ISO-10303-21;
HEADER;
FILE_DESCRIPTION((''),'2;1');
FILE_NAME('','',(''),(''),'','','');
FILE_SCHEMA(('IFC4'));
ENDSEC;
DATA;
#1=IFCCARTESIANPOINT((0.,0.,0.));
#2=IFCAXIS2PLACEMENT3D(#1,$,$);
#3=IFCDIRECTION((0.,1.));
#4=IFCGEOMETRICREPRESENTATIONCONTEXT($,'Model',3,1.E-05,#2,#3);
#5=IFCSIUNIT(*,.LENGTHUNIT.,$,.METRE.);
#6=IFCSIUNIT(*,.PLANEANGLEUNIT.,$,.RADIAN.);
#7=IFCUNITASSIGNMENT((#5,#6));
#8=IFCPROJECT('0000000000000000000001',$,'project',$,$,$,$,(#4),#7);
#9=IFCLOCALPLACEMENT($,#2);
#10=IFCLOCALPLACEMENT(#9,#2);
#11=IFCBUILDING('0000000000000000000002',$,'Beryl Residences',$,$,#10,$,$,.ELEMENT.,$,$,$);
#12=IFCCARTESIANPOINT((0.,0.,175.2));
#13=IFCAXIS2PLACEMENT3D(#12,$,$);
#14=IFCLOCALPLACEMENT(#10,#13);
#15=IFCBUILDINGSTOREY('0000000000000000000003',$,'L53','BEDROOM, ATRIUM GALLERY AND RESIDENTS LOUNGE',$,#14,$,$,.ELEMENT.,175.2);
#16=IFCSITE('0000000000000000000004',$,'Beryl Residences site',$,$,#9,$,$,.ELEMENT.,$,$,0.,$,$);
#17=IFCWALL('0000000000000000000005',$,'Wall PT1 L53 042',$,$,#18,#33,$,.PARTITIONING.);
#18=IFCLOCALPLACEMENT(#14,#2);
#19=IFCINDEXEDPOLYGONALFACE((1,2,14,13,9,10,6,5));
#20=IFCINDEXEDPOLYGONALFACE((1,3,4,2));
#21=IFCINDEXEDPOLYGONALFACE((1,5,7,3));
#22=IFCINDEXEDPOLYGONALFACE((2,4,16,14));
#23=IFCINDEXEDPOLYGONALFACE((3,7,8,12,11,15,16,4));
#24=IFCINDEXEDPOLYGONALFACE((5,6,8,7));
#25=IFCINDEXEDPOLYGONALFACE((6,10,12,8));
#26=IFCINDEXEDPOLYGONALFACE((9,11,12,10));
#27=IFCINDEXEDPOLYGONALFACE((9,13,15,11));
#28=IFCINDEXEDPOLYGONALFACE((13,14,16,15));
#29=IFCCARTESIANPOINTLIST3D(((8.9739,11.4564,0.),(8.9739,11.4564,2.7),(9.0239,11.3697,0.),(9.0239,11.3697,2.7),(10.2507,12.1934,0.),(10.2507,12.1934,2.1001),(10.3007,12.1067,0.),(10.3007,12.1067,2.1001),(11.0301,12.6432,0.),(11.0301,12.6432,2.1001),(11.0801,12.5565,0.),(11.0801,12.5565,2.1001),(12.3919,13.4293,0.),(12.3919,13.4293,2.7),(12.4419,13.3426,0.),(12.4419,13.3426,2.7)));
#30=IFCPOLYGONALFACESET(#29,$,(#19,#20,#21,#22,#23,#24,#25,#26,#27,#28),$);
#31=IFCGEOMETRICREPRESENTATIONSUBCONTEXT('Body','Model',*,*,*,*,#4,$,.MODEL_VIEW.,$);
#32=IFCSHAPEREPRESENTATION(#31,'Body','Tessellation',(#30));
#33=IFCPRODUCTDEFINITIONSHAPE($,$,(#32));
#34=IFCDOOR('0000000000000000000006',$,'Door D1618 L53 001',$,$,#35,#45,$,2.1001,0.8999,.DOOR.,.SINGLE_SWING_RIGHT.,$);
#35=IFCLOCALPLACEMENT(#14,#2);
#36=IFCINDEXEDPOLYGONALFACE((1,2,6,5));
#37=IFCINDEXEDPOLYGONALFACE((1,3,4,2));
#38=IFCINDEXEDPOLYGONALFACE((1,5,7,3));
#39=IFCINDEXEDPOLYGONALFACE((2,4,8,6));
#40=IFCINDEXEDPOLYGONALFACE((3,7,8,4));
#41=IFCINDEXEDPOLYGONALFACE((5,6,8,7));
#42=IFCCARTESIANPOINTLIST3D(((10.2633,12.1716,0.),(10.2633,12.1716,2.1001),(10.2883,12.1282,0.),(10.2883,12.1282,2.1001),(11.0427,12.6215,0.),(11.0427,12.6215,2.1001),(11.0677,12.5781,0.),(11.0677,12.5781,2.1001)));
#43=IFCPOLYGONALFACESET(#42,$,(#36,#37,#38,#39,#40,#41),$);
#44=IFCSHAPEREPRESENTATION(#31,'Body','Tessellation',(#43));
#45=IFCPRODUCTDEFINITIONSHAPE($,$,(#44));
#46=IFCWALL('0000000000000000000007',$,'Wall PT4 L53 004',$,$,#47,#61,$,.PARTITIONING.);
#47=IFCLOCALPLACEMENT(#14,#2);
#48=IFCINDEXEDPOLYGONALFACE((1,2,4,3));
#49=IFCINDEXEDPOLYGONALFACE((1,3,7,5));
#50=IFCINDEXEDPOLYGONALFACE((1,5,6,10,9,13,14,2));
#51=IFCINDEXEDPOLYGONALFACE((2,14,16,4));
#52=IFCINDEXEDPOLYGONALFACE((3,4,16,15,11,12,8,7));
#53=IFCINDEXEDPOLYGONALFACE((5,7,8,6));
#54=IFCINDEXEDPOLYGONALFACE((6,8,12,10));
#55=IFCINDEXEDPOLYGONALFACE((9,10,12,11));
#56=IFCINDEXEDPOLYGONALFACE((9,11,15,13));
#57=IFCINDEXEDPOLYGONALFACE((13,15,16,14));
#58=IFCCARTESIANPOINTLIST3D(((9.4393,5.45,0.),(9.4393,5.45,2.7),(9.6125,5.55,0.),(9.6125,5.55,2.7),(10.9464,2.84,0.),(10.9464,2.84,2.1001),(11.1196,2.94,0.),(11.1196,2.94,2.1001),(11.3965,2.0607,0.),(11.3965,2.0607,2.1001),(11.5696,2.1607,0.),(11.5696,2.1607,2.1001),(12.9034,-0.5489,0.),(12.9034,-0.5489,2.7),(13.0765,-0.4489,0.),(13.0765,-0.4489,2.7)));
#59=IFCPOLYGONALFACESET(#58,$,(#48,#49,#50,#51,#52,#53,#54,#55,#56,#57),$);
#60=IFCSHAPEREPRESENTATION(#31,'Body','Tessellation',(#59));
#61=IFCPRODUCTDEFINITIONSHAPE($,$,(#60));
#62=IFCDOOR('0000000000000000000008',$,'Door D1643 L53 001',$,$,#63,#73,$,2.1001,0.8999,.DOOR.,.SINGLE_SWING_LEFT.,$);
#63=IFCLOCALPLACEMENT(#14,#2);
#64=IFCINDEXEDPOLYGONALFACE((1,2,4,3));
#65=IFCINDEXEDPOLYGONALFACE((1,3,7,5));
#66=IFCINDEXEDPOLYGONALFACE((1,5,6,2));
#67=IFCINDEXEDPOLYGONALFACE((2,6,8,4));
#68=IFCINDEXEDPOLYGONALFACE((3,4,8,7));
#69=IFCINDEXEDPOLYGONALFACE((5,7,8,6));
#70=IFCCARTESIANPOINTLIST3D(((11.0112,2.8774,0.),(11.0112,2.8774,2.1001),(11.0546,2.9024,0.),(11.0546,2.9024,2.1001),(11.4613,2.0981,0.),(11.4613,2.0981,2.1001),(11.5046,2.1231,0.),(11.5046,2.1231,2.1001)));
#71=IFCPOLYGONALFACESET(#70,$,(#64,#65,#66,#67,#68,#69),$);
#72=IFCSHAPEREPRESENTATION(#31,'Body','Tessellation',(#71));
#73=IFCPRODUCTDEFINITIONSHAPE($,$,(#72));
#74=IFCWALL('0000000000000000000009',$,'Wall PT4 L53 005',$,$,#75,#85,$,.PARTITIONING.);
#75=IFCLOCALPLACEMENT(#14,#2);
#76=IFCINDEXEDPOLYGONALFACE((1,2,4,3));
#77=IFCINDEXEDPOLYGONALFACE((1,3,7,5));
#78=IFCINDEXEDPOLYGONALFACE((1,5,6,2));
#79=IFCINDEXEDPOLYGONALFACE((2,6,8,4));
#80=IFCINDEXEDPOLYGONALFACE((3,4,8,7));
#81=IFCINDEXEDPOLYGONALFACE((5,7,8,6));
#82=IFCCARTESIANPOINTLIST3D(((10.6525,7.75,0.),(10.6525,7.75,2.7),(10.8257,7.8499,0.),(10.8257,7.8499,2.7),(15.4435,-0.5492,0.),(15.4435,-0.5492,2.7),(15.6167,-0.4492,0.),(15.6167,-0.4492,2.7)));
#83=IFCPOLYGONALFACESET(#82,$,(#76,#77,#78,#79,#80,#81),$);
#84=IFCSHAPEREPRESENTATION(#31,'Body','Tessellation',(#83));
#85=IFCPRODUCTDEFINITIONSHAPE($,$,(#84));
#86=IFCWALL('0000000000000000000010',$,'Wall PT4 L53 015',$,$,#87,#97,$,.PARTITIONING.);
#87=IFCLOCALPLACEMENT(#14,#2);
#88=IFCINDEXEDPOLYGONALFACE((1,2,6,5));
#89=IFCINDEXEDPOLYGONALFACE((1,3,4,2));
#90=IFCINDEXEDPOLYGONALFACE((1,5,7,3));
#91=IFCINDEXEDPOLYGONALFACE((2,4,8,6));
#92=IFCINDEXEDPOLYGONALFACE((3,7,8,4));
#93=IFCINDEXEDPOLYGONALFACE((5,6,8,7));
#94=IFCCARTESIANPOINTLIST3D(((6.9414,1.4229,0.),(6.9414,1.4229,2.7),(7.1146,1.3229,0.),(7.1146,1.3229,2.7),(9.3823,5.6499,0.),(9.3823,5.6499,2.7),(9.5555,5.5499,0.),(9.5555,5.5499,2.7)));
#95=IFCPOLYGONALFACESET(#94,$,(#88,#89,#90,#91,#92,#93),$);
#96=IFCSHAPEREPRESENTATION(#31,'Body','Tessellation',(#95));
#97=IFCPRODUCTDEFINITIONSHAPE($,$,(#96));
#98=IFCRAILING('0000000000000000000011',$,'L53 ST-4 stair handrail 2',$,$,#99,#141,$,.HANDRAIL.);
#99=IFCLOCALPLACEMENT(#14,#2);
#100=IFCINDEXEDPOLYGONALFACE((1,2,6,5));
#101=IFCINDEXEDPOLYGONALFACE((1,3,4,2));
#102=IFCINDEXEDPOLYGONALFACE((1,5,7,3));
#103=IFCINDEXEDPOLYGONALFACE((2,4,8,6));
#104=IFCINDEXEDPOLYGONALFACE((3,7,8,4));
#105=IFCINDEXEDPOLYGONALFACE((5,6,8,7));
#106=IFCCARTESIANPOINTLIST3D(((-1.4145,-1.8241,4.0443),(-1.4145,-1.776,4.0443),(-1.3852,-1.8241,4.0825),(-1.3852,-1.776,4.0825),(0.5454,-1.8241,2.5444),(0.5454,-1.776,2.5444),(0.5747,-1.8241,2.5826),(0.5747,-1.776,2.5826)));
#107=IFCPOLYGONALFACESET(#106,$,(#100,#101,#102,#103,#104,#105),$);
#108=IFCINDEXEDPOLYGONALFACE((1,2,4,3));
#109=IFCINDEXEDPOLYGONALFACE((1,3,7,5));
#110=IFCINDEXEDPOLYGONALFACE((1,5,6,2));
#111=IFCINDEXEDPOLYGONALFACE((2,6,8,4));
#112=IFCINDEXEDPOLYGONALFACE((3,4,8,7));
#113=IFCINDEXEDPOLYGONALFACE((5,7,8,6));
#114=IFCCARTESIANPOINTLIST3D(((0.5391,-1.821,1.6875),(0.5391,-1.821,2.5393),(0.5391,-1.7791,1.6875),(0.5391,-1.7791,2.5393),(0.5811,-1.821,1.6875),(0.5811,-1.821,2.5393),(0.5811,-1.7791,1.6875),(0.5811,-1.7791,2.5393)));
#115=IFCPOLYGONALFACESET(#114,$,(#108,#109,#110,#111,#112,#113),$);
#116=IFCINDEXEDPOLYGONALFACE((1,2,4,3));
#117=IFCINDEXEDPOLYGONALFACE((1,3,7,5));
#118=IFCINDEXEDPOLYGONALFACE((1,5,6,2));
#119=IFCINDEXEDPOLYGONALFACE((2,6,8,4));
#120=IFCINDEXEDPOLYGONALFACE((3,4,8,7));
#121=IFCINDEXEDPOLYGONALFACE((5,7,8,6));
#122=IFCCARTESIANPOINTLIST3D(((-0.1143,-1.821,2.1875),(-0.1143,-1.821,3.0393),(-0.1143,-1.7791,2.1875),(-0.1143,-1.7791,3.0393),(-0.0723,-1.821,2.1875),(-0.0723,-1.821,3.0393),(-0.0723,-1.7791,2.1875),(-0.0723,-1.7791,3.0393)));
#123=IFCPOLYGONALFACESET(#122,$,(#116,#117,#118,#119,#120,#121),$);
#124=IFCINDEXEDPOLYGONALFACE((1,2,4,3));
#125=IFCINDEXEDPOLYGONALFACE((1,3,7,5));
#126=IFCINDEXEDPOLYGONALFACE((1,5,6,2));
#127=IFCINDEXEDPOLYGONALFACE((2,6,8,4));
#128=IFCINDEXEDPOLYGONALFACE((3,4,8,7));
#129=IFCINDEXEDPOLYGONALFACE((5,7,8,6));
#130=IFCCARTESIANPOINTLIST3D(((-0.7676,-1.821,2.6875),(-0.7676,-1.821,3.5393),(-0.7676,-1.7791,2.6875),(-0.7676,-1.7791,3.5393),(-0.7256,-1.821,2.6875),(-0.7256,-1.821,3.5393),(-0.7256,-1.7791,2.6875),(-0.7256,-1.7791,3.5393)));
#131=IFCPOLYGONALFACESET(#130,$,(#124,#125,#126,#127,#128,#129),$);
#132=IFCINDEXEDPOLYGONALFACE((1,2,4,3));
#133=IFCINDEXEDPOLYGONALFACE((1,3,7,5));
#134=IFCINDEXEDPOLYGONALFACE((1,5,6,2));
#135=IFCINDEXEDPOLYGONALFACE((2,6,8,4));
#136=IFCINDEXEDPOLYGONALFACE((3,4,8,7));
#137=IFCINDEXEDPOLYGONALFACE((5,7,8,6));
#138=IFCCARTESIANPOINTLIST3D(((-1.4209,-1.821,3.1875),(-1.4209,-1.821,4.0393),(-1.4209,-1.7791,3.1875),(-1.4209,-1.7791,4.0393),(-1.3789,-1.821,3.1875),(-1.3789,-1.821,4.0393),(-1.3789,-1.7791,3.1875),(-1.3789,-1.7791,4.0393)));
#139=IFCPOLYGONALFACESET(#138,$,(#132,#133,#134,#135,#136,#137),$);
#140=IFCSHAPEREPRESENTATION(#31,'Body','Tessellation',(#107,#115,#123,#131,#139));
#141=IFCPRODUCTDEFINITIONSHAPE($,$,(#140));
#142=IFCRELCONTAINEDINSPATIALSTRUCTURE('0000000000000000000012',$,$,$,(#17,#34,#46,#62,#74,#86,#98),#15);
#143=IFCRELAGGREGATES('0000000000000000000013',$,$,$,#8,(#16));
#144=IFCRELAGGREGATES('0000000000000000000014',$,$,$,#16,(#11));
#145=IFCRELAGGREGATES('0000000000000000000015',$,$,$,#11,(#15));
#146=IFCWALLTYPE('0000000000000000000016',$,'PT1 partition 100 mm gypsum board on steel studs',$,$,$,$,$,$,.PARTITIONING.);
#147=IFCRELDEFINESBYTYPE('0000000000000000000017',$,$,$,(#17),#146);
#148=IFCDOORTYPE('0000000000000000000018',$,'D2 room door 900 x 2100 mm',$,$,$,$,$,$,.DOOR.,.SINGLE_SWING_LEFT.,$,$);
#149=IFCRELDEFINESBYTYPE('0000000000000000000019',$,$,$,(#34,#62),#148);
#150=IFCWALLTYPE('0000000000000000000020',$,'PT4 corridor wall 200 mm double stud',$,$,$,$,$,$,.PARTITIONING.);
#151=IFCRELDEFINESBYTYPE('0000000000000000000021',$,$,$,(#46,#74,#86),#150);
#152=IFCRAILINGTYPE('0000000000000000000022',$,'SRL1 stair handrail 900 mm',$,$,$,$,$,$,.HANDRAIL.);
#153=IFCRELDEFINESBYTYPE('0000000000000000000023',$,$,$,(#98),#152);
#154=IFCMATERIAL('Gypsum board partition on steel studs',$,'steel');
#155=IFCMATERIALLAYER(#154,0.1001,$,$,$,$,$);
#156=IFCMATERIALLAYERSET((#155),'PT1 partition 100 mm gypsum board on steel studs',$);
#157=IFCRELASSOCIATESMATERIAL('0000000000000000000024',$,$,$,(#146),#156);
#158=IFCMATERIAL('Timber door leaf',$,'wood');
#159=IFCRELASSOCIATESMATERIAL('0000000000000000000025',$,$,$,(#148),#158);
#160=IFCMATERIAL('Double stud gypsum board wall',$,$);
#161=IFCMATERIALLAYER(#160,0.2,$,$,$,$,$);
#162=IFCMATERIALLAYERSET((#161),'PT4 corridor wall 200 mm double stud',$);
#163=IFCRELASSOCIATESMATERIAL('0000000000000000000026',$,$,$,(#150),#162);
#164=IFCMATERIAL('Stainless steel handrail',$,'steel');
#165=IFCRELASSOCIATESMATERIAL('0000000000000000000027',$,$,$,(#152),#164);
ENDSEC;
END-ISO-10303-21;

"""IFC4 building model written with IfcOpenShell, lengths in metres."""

from ifc_helpers import new_model, si_unit, direction, frame, frame_2d, origin, origin_2d, place, context, subcontext, project, spatial, rectangle, extrude, material, layer, layer_set, type_object, element, fill, save


model = new_model("IFC4")

# Units and contexts
model_context = context("Model", 3, precision=1e-05, world=origin(), true_north=direction((0.0, 1.0)))
body_context = subcontext(model_context, "Body", "Model", "MODEL_VIEW")
ifc_project = project(units=[si_unit("LENGTHUNIT", "METRE"), si_unit("PLANEANGLEUNIT", "RADIAN")], contexts=[model_context])

# Site, building, storey
site_placement = place(None, origin())
site = spatial("IfcSite", under=ifc_project, at=site_placement, Name="Beryl Residences site", CompositionType="ELEMENT", RefElevation=0.0)
building_placement = place(site_placement, origin())
building = spatial("IfcBuilding", under=site, at=building_placement, Name="Beryl Residences", CompositionType="ELEMENT")
storey_placement = place(building_placement, frame((0.0, 0.0, 175.2)))
storey = spatial("IfcBuildingStorey", under=building, at=storey_placement, Name="L53", Description="BEDROOM, ATRIUM GALLERY AND RESIDENTS LOUNGE", CompositionType="ELEMENT", Elevation=175.2)

# Walls, openings, doors
ifc_material_1 = material(Name="Gypsum board partition on steel studs", Category="steel")
ifc_layer_1 = layer(ifc_material_1, 0.1001)
ifc_layer_set_1 = layer_set([ifc_layer_1], Name="PT1 partition 100 mm gypsum board on steel studs")
wall_type_1 = type_object("IfcWallType", Name="PT1 partition 100 mm gypsum board on steel studs", PredefinedType="PARTITIONING", material=ifc_layer_set_1)
ifc_material_2 = material(Name="Timber door leaf", Category="wood")
door_type_1 = type_object("IfcDoorType", Name="D2 room door 900 x 2100 mm", OperationType="SINGLE_SWING_LEFT", PredefinedType="DOOR", material=ifc_material_2)
wall_1_placement = place(storey_placement, frame((8.999, 11.4131, 0.0), z_axis=(0.0, 0.0, 1.0), x_axis=(0.866076, 0.499912, 0.0)))
wall_1 = element("IfcWall", 1, at=wall_1_placement, inside=storey, type_object=wall_type_1, Name="Wall PT1 L53 042", PredefinedType="PARTITIONING", context=body_context, shape_type="SweptSolid", body=[
    extrude(rectangle(XDim=3.9465, YDim=0.1001, at=frame_2d((1.9731, 0.0))), origin(), (0.0, 0.0, 1.0), 2.7),
])
opening_1_placement = place(wall_1_placement, frame((1.4741, 0.0, 0.0)))
opening_1 = element("IfcOpeningElement", 2, at=opening_1_placement, cuts=wall_1, PredefinedType="OPENING", context=body_context, shape_type="SweptSolid", body=[
    extrude(rectangle(XDim=0.8999, YDim=2.1001, at=frame_2d((0.45, 1.05))), frame((0.0, 0.0601, 0.0), z_axis=(0.0, -1.0, 0.0), x_axis=(1.0, 0.0, 0.0)), (0.0, 0.0, 1.0), 0.1201),
])
door_1_placement = place(opening_1_placement, origin())
door_1 = element("IfcDoor", 3, at=door_1_placement, inside=storey, type_object=door_type_1, Name="Door D1618 L53 001", OperationType="SINGLE_SWING_RIGHT", OverallHeight=2.1001, OverallWidth=0.8999, PredefinedType="DOOR", context=body_context, shape_type="SweptSolid", body=[
    extrude(rectangle(XDim=0.8999, YDim=2.1001, at=frame_2d((0.45, 1.05))), frame((0.0, 0.0249, 0.0), z_axis=(0.0, -1.0, 0.0), x_axis=(1.0, 0.0, 0.0)), (0.0, 0.0, 1.0), 0.05),
])
fill(opening_1, door_1)
ifc_material_3 = material(Name="Double stud gypsum board wall")
ifc_layer_2 = layer(ifc_material_3, 0.2)
ifc_layer_set_2 = layer_set([ifc_layer_2], Name="PT4 corridor wall 200 mm double stud")
wall_type_2 = type_object("IfcWallType", Name="PT4 corridor wall 200 mm double stud", PredefinedType="PARTITIONING", material=ifc_layer_set_2)
wall_2_placement = place(storey_placement, frame((9.5259, 5.5, 0.0), z_axis=(0.0, 0.0, 1.0), x_axis=(0.500062, -0.86599, 0.0)))
wall_2 = element("IfcWall", 4, at=wall_2_placement, inside=storey, type_object=wall_type_2, Name="Wall PT4 L53 004", PredefinedType="PARTITIONING", context=body_context, shape_type="SweptSolid", body=[
    extrude(rectangle(XDim=6.9272, YDim=0.2, at=frame_2d((3.4636, 0.0))), origin(), (0.0, 0.0, 1.0), 2.7),
])
opening_2_placement = place(wall_2_placement, frame((3.0139, 0.0, 0.0)))
opening_2 = element("IfcOpeningElement", 5, at=opening_2_placement, cuts=wall_2, PredefinedType="OPENING", context=body_context, shape_type="SweptSolid", body=[
    extrude(rectangle(XDim=0.8999, YDim=2.1001, at=frame_2d((0.45, 1.05))), frame((0.0, 0.1099, 0.0), z_axis=(0.0, -1.0, 0.0), x_axis=(1.0, 0.0, 0.0)), (0.0, 0.0, 1.0), 0.22),
])
door_2_placement = place(opening_2_placement, origin())
door_2 = element("IfcDoor", 6, at=door_2_placement, inside=storey, type_object=door_type_1, Name="Door D1643 L53 001", OperationType="SINGLE_SWING_LEFT", OverallHeight=2.1001, OverallWidth=0.8999, PredefinedType="DOOR", context=body_context, shape_type="SweptSolid", body=[
    extrude(rectangle(XDim=0.8999, YDim=2.1001, at=frame_2d((0.45, 1.05))), frame((0.0, 0.0249, 0.0), z_axis=(0.0, -1.0, 0.0), x_axis=(1.0, 0.0, 0.0)), (0.0, 0.0, 1.0), 0.05),
])
fill(opening_2, door_2)

# Walls
wall_3_placement = place(storey_placement, frame((10.739, 7.8, 0.0), z_axis=(0.0, 0.0, 1.0), x_axis=(0.499964, -0.866046, 0.0)))
element("IfcWall", 7, at=wall_3_placement, inside=storey, type_object=wall_type_2, Name="Wall PT4 L53 005", PredefinedType="PARTITIONING", context=body_context, shape_type="SweptSolid", body=[
    extrude(rectangle(XDim=9.5828, YDim=0.2, at=frame_2d((4.7915, 0.0))), origin(), (0.0, 0.0, 1.0), 2.7),
])
wall_4_placement = place(storey_placement, frame((7.0281, 1.373, 0.0), z_axis=(0.0, 0.0, 1.0), x_axis=(0.500066, 0.865987, 0.0)))
element("IfcWall", 8, at=wall_4_placement, inside=storey, type_object=wall_type_2, Name="Wall PT4 L53 015", PredefinedType="PARTITIONING", context=body_context, shape_type="SweptSolid", body=[
    extrude(rectangle(XDim=4.8811, YDim=0.2, at=frame_2d((2.4404, 0.0))), origin(), (0.0, 0.0, 1.0), 2.7),
])

# Railing
ifc_material_4 = material(Name="Stainless steel handrail", Category="steel")
railing_type_1 = type_object("IfcRailingType", Name="SRL1 stair handrail 900 mm", PredefinedType="HANDRAIL", material=ifc_material_4)
railing_1_placement = place(storey_placement, frame((0.5601, -1.8, 1.6875)))
element("IfcRailing", 9, at=railing_1_placement, inside=storey, type_object=railing_type_1, Name="L53 ST-4 stair handrail 2", PredefinedType="HANDRAIL", context=body_context, shape_type="SweptSolid", body=[
    extrude(rectangle(XDim=0.0481, YDim=0.0481, at=origin_2d()), frame((0.0, 0.0, 0.876), z_axis=(-0.794122, 0.0, 0.607758), x_axis=(0.0, -1.0, 0.0)), (0.0, 0.0, 1.0), 2.468),
    extrude(rectangle(XDim=0.042, YDim=0.042, at=origin_2d()), origin(), (0.0, 0.0, 1.0), 0.8518),
    extrude(rectangle(XDim=0.042, YDim=0.042, at=origin_2d()), frame((-0.6533, 0.0, 0.5)), (0.0, 0.0, 1.0), 0.8518),
    extrude(rectangle(XDim=0.042, YDim=0.042, at=origin_2d()), frame((-1.3066, 0.0, 1.0)), (0.0, 0.0, 1.0), 0.8518),
    extrude(rectangle(XDim=0.042, YDim=0.042, at=origin_2d()), frame((-1.96, 0.0, 1.5)), (0.0, 0.0, 1.0), 0.8518),
])

save(model, "model.ifc")
